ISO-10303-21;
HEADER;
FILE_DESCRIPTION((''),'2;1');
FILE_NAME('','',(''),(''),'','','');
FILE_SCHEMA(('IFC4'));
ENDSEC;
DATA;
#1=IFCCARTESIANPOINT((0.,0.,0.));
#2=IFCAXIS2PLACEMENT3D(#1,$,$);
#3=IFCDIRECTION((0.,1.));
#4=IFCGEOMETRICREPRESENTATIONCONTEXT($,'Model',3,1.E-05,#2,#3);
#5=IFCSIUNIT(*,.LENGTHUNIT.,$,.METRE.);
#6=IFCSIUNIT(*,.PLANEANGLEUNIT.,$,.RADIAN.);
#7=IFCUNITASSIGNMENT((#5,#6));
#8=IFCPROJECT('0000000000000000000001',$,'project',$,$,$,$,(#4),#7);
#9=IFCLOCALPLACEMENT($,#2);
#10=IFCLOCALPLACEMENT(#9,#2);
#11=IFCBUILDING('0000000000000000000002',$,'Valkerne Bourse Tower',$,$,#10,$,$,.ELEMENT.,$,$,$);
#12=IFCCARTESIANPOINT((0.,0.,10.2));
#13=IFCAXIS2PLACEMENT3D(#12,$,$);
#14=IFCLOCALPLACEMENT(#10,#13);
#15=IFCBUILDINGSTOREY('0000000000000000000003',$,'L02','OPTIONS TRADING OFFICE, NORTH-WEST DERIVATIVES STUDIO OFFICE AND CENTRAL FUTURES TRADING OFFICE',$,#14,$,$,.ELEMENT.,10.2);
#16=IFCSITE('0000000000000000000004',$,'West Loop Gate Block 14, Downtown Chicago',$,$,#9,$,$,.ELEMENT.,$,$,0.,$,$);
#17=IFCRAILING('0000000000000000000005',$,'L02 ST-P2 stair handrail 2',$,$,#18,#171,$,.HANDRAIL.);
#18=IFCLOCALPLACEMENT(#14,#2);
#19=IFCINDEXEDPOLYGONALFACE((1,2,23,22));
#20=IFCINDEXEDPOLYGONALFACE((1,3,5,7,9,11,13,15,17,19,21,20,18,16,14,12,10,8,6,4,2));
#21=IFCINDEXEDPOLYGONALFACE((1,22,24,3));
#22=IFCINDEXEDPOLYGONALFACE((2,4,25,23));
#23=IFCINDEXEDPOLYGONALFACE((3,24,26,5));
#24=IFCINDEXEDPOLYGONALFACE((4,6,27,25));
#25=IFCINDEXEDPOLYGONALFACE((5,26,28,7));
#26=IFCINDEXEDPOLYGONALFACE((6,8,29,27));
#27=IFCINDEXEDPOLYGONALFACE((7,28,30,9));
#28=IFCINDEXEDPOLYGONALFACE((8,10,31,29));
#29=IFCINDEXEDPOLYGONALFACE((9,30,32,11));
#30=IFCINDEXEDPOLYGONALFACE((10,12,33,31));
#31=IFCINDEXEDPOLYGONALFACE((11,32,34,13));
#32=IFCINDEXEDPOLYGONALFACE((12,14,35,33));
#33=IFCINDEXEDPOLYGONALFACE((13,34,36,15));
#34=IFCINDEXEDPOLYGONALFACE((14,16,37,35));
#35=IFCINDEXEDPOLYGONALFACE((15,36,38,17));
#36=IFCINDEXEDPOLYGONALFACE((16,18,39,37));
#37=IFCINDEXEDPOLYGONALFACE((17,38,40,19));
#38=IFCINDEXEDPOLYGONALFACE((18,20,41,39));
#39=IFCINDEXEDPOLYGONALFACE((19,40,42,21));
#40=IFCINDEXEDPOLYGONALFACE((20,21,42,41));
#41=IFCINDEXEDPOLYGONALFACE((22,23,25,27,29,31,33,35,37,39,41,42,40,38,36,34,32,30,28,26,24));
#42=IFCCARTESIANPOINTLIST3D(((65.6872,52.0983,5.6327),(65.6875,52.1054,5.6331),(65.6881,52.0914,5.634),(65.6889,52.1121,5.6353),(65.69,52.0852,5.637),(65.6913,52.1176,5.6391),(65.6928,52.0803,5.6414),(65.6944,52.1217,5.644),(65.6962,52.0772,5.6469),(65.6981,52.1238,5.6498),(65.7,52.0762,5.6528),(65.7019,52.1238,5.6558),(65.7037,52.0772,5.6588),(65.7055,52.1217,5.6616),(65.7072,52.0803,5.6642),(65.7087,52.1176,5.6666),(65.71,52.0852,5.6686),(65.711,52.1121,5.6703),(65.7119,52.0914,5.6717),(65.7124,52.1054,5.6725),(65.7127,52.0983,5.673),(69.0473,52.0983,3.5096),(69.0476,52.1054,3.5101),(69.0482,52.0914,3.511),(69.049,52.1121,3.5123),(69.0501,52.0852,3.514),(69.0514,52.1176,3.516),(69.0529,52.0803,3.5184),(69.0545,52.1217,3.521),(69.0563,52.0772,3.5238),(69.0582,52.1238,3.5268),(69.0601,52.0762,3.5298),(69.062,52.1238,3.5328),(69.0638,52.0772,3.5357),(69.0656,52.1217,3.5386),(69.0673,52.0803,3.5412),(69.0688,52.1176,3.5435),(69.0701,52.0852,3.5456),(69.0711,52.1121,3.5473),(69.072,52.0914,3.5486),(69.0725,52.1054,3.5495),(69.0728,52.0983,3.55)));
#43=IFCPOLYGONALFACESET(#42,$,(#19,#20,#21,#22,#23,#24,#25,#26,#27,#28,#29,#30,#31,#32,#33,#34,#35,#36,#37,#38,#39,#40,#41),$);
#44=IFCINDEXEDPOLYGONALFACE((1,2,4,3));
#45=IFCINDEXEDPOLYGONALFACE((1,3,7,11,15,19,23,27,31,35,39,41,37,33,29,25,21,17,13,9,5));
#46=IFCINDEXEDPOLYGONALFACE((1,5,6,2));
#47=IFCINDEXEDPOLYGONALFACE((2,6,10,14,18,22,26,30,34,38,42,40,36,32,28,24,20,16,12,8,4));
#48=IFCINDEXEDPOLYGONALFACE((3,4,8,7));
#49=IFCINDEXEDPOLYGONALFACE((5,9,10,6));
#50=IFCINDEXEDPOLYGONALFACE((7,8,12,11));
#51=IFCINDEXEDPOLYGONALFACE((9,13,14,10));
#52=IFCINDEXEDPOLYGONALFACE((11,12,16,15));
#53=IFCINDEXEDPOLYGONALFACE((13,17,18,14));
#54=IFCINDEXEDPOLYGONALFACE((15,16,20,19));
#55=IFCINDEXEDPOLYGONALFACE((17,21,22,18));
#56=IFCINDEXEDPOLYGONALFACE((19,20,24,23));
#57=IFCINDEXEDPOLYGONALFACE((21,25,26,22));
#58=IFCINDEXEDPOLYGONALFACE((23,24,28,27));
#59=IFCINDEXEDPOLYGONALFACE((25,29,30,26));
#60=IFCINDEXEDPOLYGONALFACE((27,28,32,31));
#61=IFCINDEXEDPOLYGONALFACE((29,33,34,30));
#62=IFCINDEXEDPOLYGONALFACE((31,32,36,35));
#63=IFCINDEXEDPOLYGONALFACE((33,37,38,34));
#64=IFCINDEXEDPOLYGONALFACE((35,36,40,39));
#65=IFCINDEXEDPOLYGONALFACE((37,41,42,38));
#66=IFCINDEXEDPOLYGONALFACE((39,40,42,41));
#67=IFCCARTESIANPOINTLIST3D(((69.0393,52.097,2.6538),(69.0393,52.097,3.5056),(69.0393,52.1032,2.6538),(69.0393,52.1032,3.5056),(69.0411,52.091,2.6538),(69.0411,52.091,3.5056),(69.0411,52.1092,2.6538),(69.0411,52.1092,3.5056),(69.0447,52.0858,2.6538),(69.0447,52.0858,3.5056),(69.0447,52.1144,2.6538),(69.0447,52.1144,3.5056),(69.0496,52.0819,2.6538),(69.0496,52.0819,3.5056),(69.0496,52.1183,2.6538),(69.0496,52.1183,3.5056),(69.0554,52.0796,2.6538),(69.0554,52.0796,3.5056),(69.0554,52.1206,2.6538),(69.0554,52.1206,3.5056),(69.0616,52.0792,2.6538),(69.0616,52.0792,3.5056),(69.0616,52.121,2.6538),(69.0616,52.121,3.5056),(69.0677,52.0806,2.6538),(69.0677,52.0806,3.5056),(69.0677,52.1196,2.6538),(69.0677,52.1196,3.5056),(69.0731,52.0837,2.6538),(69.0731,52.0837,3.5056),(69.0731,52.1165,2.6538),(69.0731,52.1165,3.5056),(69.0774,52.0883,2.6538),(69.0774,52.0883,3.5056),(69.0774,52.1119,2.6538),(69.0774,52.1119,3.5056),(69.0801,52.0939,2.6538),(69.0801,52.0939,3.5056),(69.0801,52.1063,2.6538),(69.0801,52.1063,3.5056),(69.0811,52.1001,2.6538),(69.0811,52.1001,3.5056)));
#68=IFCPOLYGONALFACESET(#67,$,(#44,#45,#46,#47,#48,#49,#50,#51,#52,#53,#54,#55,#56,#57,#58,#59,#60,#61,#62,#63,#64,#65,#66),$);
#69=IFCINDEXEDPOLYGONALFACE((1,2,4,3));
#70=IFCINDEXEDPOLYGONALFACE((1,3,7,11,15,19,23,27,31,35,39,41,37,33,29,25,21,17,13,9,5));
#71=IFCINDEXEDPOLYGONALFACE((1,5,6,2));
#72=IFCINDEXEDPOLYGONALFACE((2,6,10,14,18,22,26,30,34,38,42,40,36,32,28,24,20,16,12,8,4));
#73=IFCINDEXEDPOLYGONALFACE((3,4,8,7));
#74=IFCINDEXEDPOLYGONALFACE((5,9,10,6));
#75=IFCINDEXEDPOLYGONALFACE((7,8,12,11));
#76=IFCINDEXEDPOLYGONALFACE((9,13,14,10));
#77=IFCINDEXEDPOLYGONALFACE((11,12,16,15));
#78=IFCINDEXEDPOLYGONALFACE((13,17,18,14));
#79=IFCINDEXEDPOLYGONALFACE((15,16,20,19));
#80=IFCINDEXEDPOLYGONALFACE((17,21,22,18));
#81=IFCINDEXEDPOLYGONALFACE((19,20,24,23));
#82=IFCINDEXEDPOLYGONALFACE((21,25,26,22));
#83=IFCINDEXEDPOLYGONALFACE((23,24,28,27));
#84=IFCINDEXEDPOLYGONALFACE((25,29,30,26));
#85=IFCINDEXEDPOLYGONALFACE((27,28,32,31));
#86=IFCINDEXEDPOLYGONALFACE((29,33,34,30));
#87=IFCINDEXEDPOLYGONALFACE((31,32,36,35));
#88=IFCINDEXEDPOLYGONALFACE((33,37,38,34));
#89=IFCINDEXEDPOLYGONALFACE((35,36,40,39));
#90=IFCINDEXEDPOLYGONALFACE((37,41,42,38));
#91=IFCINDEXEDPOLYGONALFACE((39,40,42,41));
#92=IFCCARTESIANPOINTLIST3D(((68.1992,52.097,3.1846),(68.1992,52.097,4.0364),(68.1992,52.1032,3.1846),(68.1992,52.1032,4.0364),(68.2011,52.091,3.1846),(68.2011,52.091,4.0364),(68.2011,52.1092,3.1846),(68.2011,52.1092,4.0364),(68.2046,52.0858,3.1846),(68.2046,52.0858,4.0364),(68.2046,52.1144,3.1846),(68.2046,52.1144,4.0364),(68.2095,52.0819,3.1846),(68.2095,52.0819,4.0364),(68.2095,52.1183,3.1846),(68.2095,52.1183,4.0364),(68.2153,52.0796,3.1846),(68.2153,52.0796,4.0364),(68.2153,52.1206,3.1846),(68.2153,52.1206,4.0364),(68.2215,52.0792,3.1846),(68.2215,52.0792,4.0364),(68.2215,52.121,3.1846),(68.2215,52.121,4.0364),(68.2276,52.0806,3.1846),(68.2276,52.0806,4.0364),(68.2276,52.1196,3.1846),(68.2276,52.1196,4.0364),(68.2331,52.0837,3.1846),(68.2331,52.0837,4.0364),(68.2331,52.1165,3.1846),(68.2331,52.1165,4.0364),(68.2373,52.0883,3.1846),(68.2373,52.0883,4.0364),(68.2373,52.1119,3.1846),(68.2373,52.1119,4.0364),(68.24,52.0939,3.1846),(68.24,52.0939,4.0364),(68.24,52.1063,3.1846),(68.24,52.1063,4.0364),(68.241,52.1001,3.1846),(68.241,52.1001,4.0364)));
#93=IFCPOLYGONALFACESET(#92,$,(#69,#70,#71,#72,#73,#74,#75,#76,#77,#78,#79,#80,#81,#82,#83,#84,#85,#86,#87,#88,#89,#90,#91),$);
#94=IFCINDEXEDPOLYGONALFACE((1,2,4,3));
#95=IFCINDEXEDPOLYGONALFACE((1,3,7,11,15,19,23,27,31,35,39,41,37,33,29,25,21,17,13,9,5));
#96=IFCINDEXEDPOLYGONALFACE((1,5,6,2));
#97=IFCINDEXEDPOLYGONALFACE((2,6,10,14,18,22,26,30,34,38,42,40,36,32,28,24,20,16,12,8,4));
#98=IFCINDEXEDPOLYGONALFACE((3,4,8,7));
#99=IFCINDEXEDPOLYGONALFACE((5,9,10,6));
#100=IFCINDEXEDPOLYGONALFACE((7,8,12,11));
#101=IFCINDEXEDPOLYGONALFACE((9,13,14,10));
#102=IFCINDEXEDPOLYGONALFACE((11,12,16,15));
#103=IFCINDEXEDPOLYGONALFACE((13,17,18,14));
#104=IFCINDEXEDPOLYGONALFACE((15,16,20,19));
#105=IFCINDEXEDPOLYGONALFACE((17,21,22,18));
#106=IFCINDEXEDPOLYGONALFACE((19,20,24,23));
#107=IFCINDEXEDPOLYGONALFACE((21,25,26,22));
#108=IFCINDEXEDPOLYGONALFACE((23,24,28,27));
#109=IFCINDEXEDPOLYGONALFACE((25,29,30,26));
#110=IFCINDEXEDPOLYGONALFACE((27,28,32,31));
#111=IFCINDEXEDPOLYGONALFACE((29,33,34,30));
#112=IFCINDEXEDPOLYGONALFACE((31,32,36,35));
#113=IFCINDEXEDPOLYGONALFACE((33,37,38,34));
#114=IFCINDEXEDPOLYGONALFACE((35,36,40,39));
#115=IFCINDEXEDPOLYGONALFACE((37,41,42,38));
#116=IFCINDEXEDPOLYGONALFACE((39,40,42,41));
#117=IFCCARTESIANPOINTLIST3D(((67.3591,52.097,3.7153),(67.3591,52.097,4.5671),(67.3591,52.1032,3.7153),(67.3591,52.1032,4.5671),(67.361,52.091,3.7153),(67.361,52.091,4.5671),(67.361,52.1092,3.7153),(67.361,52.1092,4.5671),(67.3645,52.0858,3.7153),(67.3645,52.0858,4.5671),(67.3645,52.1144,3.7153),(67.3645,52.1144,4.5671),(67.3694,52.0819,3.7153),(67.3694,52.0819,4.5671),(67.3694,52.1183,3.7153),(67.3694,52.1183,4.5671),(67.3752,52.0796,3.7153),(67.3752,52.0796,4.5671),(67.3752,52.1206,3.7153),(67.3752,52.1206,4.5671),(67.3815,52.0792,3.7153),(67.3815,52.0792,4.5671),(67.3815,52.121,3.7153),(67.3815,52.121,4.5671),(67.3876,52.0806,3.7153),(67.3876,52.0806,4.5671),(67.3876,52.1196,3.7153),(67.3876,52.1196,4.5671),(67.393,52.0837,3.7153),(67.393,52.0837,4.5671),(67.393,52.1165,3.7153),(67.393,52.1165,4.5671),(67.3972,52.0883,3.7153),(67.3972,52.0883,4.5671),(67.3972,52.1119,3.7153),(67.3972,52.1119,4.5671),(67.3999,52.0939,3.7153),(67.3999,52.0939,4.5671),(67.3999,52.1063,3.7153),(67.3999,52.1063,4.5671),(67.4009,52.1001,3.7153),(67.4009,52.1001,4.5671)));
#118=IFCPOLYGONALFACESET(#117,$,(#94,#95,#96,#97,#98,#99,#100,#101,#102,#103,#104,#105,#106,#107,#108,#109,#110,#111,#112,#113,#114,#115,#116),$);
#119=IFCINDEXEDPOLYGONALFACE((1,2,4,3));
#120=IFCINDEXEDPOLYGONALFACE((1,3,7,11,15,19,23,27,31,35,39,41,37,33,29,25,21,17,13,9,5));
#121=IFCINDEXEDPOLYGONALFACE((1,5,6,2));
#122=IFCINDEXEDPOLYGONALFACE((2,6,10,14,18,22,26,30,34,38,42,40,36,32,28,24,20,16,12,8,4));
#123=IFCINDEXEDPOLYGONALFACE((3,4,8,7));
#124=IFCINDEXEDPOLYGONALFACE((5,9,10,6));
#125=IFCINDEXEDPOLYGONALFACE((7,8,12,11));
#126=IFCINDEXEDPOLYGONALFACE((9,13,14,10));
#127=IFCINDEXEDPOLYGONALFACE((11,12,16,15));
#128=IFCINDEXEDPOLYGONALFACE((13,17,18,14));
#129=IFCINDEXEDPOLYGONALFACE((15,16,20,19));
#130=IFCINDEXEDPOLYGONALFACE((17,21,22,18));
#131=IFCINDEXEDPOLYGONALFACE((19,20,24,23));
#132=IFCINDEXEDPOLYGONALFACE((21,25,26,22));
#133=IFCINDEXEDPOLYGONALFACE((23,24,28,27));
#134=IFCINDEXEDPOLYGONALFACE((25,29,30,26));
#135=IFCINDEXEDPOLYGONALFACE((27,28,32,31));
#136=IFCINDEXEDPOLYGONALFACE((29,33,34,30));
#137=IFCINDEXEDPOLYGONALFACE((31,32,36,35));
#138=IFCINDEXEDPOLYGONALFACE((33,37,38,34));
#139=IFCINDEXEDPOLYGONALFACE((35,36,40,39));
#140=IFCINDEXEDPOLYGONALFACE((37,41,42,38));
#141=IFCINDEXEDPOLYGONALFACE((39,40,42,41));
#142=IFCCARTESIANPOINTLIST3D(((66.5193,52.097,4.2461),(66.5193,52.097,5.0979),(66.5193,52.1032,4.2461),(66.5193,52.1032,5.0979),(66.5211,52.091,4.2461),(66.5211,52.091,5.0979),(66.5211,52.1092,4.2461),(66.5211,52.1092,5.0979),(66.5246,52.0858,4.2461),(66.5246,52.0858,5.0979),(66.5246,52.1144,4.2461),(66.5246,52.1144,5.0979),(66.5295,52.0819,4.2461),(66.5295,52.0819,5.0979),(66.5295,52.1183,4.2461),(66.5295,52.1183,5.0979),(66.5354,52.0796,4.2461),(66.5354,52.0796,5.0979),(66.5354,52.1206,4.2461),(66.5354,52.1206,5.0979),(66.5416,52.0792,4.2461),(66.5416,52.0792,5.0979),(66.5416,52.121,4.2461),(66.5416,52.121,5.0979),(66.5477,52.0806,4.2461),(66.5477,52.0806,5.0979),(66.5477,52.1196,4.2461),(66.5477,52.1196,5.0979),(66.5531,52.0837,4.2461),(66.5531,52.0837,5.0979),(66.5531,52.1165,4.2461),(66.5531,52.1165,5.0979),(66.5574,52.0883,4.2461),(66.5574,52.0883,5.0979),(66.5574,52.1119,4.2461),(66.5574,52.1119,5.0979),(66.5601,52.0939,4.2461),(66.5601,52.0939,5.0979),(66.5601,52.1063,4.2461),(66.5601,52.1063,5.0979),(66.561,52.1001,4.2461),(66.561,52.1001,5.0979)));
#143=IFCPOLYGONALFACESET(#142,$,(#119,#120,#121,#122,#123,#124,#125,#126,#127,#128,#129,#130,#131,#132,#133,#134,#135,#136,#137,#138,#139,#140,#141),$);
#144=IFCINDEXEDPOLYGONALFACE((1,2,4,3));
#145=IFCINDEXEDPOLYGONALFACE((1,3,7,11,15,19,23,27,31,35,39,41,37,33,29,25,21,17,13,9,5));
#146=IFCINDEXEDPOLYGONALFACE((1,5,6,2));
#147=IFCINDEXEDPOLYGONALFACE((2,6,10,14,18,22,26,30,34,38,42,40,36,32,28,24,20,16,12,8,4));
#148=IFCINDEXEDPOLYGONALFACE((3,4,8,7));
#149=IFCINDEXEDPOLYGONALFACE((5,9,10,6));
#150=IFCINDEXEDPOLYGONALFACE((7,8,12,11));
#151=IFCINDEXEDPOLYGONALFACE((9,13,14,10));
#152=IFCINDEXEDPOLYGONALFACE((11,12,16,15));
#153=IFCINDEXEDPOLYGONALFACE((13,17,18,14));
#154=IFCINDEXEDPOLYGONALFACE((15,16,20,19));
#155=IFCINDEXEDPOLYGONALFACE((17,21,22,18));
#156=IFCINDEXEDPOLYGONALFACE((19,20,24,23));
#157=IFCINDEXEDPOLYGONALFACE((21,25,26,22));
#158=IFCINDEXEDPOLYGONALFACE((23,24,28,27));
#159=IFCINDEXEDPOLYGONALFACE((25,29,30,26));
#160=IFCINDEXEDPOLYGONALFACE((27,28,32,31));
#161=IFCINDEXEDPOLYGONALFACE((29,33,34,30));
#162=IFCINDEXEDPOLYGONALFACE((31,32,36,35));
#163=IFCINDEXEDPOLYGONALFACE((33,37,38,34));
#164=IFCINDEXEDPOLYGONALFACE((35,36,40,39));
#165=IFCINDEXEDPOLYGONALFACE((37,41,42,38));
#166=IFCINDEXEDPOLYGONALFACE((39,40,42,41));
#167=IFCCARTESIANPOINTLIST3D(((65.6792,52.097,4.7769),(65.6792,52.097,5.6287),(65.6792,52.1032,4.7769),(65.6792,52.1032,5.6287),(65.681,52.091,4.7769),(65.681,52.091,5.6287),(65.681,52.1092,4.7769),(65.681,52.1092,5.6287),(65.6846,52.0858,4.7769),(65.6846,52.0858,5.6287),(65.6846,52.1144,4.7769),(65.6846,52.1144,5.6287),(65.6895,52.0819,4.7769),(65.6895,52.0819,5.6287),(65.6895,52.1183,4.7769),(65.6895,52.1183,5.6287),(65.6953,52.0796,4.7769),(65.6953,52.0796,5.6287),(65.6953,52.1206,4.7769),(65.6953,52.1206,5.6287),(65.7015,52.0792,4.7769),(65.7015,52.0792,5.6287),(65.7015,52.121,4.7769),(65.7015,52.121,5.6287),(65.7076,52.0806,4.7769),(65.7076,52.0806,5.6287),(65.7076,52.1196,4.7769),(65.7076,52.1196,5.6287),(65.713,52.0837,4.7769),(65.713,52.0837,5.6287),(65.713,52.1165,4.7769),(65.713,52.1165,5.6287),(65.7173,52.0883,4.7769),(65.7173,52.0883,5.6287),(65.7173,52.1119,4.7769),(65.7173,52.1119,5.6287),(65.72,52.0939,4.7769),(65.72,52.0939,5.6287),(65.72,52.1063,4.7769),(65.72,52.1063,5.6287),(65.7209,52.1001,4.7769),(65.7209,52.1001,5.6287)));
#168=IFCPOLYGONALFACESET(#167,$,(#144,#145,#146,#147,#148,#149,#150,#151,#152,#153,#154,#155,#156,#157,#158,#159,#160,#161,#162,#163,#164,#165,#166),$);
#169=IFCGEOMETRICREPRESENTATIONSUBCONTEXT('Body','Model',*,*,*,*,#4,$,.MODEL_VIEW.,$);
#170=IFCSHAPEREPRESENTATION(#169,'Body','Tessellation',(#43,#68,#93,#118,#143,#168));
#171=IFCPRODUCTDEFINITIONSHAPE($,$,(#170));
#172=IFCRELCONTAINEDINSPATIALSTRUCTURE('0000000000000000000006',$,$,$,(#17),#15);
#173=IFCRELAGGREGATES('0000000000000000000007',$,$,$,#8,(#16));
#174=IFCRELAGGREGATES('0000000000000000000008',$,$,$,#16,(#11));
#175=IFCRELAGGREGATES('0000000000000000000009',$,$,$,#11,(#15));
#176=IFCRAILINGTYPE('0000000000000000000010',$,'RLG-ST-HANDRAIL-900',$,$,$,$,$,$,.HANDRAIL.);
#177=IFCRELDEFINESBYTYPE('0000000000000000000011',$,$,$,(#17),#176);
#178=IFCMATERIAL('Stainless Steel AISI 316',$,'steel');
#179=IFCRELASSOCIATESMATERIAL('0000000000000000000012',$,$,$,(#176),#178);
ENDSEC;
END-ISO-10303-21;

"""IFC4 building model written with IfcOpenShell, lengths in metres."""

from ifc_helpers import new_model, si_unit, direction, frame, origin, origin_2d, place, context, subcontext, project, spatial, circle, extrude, material, type_object, element, save


model = new_model("IFC4")

# Units and contexts
model_context = context("Model", 3, precision=1e-05, world=origin(), true_north=direction((0.0, 1.0)))
body_context = subcontext(model_context, "Body", "Model", "MODEL_VIEW")
ifc_project = project(units=[si_unit("LENGTHUNIT", "METRE"), si_unit("PLANEANGLEUNIT", "RADIAN")], contexts=[model_context])

# Site, building, storey
site_placement = place(None, origin())
site = spatial("IfcSite", under=ifc_project, at=site_placement, Name="West Loop Gate Block 14, Downtown Chicago", CompositionType="ELEMENT", RefElevation=0.0)
building_placement = place(site_placement, origin())
building = spatial("IfcBuilding", under=site, at=building_placement, Name="Valkerne Bourse Tower", CompositionType="ELEMENT")
storey_placement = place(building_placement, frame((0.0, 0.0, 10.2)))
storey = spatial("IfcBuildingStorey", under=building, at=storey_placement, Name="L02", Description="OPTIONS TRADING OFFICE, NORTH-WEST DERIVATIVES STUDIO OFFICE AND CENTRAL FUTURES TRADING OFFICE", CompositionType="ELEMENT", Elevation=10.2)

# Railing
ifc_material_1 = material(Name="Stainless Steel AISI 316", Category="steel")
railing_type_1 = type_object("IfcRailingType", Name="RLG-ST-HANDRAIL-900", PredefinedType="HANDRAIL", material=ifc_material_1)
railing_1_placement = place(storey_placement, frame((69.0601, 52.1001, 2.6538)))
element("IfcRailing", 1, at=railing_1_placement, inside=storey, type_object=railing_type_1, Name="L02 ST-P2 stair handrail 2", PredefinedType="HANDRAIL", context=body_context, shape_type="SweptSolid", body=[
    extrude(circle(Radius=0.0239, at=origin_2d()), frame((0.0, 0.0, 0.876), z_axis=(-0.84539, 0.0, 0.53415), x_axis=(0.0, -1.0, 0.0)), (0.0, 0.0, 1.0), 3.9746),
    extrude(circle(Radius=0.021, at=origin_2d()), origin(), (0.0, 0.0, 1.0), 0.8518),
    extrude(circle(Radius=0.021, at=origin_2d()), frame((-0.8401, 0.0, 0.5308)), (0.0, 0.0, 1.0), 0.8518),
    extrude(circle(Radius=0.021, at=origin_2d()), frame((-1.6802, 0.0, 1.0615)), (0.0, 0.0, 1.0), 0.8518),
    extrude(circle(Radius=0.021, at=origin_2d()), frame((-2.52, 0.0, 1.5923)), (0.0, 0.0, 1.0), 0.8518),
    extrude(circle(Radius=0.021, at=origin_2d()), frame((-3.3601, 0.0, 2.123)), (0.0, 0.0, 1.0), 0.8518),
])

save(model, "model.ifc")
